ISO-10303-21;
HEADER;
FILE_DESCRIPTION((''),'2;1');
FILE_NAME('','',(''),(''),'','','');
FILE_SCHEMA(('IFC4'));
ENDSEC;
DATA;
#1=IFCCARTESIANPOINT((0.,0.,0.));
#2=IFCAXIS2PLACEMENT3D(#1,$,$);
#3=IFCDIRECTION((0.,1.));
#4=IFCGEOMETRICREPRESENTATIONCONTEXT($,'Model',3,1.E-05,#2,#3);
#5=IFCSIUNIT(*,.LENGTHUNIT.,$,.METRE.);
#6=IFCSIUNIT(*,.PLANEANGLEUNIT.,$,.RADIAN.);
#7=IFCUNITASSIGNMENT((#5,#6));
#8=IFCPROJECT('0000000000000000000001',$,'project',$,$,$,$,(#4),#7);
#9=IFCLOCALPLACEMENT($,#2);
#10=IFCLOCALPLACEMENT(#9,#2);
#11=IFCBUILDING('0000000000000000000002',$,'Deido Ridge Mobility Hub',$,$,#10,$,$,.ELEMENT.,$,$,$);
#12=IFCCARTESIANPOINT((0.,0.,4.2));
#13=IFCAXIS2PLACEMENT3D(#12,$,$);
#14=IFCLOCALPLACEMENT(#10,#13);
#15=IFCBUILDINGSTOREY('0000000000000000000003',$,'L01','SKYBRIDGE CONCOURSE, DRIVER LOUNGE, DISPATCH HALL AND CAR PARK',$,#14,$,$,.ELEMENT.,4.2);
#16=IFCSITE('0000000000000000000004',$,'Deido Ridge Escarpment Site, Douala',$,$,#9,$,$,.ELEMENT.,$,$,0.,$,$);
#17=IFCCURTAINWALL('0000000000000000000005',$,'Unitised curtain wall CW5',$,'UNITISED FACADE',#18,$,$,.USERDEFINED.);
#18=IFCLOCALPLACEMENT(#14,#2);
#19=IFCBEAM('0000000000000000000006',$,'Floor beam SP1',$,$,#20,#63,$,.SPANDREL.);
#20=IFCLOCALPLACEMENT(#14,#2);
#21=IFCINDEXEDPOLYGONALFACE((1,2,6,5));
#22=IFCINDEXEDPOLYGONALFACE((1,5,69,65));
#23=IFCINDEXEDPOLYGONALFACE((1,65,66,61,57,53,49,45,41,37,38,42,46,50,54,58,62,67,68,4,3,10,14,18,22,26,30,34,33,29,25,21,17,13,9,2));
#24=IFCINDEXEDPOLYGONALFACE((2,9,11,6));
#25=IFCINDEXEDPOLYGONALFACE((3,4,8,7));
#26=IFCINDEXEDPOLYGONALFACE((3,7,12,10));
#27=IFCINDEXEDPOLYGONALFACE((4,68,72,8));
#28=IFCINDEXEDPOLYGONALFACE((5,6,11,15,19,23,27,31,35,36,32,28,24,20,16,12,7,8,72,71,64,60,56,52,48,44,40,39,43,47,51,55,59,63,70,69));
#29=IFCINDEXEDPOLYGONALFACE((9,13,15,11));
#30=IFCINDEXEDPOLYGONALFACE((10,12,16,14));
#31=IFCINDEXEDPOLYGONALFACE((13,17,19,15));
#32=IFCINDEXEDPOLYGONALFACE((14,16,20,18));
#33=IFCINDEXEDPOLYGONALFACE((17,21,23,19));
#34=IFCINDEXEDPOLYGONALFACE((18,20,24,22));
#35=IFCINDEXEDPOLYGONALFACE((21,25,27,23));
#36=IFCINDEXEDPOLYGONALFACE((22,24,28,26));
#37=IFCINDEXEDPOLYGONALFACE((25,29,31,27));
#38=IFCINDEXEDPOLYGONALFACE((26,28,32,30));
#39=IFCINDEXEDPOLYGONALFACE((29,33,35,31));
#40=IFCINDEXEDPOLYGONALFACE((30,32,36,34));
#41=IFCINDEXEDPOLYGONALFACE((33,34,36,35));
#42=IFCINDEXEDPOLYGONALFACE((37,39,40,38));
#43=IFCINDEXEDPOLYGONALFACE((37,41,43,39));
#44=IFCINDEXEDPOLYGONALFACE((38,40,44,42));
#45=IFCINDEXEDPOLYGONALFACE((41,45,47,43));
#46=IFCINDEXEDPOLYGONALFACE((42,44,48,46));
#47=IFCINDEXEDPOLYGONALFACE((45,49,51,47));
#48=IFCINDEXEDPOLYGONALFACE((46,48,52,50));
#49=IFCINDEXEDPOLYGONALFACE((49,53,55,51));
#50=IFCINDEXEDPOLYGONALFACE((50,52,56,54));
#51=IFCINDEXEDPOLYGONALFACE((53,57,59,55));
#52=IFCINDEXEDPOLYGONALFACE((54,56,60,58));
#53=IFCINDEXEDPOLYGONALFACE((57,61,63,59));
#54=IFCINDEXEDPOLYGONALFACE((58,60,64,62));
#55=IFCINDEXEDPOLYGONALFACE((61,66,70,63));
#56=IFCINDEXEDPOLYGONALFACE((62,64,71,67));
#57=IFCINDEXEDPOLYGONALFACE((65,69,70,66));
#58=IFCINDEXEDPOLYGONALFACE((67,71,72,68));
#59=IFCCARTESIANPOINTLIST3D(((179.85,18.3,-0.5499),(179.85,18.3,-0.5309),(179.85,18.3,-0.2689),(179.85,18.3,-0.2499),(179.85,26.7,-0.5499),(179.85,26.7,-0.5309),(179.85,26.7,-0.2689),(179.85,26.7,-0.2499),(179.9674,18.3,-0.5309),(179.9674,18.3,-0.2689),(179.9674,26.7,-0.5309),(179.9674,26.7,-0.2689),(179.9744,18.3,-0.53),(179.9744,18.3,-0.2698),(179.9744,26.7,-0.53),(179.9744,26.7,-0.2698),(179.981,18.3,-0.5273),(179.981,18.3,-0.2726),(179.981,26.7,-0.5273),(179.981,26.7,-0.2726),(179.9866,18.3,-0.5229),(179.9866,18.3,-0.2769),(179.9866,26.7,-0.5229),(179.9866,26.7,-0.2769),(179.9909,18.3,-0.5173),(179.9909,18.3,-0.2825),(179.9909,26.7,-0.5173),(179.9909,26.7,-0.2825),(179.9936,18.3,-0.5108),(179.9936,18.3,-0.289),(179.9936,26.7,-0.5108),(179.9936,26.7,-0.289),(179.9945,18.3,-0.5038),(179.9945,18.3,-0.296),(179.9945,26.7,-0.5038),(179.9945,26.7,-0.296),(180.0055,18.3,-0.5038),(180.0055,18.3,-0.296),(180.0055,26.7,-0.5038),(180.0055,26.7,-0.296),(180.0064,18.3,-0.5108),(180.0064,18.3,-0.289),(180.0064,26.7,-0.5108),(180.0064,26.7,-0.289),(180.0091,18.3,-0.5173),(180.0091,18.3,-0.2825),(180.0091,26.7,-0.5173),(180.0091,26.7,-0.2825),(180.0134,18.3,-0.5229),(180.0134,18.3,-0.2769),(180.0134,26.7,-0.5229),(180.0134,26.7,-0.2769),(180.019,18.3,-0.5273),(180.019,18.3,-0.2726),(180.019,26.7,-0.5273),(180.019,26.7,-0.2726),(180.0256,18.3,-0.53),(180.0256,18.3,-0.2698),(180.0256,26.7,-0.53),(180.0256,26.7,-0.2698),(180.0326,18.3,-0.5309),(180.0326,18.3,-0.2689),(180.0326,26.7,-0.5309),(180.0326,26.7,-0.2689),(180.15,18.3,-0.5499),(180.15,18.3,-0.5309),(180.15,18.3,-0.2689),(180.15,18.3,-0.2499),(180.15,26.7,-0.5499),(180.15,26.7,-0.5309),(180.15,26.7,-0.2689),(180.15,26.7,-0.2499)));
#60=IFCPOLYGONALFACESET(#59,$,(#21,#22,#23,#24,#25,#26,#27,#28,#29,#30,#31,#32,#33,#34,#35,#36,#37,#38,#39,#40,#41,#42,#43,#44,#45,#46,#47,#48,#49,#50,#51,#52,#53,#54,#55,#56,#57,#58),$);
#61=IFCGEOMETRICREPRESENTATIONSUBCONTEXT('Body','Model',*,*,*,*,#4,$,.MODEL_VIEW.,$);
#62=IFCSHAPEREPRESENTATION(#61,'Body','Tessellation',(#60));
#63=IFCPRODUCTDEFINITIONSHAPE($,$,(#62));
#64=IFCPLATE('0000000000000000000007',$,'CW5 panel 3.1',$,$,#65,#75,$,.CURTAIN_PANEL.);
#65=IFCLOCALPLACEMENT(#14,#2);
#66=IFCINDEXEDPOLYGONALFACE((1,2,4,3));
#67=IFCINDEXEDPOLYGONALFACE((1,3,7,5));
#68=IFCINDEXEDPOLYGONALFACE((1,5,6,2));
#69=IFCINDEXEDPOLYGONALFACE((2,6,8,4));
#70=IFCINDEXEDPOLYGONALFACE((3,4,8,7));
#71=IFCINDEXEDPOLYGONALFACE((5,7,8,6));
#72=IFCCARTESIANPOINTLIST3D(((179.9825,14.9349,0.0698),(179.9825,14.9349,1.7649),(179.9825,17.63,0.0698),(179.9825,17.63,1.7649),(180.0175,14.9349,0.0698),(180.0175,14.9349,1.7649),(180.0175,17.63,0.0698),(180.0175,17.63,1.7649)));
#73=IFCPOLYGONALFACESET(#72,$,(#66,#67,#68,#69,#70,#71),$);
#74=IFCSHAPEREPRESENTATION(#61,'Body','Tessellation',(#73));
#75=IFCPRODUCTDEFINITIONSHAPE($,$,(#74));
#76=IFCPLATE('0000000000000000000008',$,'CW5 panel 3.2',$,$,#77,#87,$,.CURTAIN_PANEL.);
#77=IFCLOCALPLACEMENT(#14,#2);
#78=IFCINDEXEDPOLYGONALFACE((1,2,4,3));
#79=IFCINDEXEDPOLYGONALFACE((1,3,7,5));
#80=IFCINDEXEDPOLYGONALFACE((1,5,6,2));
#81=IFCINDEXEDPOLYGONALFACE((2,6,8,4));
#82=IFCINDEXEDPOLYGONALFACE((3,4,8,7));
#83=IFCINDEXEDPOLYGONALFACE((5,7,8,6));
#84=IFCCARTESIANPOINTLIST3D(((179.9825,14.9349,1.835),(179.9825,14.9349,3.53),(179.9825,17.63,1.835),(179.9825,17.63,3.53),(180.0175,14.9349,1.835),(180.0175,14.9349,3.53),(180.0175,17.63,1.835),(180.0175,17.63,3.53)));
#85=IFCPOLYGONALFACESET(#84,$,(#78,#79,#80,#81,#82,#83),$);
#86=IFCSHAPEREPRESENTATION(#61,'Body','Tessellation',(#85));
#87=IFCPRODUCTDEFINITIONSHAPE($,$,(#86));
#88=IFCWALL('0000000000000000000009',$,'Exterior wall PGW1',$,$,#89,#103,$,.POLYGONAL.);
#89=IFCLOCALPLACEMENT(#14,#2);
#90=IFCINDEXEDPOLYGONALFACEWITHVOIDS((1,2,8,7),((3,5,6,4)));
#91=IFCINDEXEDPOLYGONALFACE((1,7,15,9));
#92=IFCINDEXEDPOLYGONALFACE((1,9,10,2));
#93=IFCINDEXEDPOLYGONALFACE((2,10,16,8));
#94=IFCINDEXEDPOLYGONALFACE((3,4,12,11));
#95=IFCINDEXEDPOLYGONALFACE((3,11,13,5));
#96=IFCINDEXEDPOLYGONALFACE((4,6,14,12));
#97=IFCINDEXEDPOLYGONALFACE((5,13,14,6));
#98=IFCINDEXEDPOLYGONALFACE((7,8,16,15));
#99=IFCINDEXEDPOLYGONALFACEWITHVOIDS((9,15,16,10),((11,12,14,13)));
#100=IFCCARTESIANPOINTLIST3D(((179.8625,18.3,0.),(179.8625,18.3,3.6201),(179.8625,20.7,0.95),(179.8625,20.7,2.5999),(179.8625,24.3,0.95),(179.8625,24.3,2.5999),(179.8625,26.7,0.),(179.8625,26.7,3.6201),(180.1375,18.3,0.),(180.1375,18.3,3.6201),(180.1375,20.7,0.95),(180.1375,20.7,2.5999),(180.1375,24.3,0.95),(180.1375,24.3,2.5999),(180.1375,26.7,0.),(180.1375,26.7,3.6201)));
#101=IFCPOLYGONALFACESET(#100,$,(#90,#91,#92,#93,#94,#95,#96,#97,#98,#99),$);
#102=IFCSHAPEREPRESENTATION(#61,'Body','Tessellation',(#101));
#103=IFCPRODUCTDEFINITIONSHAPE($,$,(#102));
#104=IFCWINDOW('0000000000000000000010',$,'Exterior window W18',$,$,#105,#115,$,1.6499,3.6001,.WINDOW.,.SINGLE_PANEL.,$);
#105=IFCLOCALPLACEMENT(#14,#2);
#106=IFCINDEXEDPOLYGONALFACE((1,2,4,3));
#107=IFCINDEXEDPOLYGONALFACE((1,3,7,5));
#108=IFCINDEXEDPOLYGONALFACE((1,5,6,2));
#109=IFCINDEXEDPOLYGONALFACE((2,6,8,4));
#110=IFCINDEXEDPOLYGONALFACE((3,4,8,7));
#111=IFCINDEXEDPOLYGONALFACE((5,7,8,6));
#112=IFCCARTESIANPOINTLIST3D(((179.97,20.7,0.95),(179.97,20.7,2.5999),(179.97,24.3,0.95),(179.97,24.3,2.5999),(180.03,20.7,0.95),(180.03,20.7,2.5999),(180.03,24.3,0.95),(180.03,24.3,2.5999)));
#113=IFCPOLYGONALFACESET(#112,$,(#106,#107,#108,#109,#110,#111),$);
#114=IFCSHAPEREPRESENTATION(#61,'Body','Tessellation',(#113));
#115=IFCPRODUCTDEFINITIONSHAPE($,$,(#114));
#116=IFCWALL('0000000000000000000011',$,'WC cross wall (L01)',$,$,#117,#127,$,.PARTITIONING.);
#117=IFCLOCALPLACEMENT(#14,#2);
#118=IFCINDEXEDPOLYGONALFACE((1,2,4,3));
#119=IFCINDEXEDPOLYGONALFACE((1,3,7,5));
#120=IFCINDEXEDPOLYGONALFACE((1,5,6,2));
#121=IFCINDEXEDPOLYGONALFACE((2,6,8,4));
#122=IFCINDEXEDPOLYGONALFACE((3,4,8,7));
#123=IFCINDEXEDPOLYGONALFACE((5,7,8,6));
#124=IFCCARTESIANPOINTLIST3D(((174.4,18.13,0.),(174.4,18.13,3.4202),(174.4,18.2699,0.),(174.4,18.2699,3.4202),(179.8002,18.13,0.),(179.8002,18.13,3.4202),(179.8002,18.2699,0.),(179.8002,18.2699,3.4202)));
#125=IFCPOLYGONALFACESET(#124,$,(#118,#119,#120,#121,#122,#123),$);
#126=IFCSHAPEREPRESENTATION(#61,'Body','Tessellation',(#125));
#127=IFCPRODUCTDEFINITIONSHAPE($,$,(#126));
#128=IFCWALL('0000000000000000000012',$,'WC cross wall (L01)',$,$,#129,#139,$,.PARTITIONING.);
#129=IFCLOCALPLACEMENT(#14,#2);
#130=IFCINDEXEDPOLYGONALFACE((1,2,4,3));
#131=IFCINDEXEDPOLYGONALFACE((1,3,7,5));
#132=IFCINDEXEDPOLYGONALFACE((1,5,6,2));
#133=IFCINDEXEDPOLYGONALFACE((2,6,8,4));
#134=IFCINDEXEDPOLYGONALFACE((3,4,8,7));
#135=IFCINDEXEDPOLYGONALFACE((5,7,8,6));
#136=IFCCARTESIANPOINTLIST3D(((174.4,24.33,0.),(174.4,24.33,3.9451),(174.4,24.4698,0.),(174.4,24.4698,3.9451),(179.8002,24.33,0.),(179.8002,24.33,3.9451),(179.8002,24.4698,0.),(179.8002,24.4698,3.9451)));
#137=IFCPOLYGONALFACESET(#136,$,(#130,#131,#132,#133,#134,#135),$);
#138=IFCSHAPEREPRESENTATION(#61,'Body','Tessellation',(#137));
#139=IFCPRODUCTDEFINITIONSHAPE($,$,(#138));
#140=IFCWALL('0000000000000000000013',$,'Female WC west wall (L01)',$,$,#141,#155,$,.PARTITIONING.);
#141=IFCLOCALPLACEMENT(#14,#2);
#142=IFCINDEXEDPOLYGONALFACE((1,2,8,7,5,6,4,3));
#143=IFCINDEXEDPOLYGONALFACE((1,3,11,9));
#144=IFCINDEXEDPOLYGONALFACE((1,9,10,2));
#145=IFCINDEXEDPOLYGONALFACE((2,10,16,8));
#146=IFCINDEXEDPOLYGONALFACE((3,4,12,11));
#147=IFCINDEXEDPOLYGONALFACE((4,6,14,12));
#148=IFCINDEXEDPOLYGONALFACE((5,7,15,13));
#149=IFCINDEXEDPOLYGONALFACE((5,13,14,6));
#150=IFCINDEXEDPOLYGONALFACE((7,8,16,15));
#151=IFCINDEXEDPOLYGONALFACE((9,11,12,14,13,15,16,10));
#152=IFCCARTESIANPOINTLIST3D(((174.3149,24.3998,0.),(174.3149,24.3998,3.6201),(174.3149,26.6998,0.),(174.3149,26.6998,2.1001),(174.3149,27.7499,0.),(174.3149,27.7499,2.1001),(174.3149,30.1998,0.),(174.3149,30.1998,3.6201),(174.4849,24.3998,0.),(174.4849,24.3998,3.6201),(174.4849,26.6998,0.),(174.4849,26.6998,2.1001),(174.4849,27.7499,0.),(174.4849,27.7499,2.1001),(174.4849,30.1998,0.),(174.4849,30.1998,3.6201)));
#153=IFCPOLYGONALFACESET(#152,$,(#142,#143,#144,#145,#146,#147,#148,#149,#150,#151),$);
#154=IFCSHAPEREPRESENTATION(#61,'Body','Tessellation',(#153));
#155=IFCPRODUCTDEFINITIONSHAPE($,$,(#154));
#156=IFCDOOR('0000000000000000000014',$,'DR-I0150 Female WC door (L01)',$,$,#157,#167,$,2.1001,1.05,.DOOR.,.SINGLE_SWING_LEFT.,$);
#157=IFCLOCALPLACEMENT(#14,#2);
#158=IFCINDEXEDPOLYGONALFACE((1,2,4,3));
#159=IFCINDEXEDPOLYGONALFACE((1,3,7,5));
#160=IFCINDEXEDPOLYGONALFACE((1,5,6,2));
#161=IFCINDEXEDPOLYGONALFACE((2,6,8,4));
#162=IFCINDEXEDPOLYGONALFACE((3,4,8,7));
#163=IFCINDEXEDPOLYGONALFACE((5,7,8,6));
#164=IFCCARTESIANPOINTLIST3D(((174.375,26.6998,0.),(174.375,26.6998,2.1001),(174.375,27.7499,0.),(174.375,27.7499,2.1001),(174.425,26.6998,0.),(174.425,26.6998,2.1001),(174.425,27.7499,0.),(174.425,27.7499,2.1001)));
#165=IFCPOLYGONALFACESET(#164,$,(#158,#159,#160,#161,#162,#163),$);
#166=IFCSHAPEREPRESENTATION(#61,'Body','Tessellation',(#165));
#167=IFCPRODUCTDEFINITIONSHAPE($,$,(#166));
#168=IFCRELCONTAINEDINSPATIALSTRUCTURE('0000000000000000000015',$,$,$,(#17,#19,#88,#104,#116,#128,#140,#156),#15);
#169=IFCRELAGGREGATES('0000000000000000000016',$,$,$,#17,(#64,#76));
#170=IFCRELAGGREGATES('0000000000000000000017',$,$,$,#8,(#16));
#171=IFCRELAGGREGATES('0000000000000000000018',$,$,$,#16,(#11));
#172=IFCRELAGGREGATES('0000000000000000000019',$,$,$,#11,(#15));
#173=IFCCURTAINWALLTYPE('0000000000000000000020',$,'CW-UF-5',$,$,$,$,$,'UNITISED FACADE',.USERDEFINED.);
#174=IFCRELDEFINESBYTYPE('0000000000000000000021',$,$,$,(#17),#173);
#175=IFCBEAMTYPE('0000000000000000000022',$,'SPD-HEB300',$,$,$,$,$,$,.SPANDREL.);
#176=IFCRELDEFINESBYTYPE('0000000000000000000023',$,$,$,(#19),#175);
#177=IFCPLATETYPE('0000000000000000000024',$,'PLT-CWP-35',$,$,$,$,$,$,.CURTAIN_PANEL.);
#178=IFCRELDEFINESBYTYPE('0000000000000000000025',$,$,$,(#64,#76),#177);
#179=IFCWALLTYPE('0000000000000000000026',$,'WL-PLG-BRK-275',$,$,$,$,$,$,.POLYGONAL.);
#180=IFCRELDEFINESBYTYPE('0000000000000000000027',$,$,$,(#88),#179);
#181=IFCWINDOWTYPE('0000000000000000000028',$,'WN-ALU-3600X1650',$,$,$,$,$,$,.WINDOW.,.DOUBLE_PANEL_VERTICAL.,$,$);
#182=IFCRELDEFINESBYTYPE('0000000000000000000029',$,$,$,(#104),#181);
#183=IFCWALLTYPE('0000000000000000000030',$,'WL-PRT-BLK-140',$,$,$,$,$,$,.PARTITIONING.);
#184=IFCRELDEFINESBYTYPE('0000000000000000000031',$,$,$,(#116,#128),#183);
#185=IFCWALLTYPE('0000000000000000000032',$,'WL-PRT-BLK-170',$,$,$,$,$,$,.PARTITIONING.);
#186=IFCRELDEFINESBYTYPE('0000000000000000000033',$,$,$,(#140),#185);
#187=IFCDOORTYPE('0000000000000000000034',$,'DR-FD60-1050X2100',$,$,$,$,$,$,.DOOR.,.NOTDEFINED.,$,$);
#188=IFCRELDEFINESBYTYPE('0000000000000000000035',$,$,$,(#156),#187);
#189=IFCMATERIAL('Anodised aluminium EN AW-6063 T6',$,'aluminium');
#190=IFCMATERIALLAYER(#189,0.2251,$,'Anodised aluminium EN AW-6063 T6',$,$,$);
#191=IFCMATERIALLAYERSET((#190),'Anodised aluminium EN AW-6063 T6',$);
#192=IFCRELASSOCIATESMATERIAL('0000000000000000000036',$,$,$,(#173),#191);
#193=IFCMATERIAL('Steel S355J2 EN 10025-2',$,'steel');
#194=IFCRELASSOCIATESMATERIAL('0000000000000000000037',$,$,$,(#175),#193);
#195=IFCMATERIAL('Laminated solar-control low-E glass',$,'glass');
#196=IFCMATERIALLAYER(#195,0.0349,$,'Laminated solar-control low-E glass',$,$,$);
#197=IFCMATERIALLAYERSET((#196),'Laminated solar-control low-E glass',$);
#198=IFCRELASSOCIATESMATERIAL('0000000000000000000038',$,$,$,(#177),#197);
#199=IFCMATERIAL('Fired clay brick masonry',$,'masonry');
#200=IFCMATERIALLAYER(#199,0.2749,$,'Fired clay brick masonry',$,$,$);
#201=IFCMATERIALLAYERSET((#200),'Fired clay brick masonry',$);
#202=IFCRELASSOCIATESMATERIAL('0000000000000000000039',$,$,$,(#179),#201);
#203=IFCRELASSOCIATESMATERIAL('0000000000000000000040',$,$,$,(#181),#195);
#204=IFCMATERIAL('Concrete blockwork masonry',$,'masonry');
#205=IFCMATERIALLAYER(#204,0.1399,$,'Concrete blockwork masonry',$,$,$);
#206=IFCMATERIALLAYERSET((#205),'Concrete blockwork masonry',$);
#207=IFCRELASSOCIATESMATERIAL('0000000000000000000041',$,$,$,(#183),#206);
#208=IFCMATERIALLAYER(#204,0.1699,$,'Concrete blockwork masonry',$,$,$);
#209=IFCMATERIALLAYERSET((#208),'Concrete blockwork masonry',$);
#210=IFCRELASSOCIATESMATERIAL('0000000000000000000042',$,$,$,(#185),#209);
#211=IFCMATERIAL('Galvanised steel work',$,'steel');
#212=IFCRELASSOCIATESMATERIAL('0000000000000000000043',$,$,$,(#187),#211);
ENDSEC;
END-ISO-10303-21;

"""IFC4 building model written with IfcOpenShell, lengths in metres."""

from ifc_helpers import new_model, si_unit, direction, frame, frame_2d, origin, origin_2d, place, context, subcontext, project, spatial, rectangle, i_section, extrude, material, layer, layer_set, material_profile, profile_set, type_object, element, fill, aggregate, save


model = new_model("IFC4")

# Units and contexts
model_context = context("Model", 3, precision=1e-05, world=origin(), true_north=direction((0.0, 1.0)))
body_context = subcontext(model_context, "Body", "Model", "MODEL_VIEW")
ifc_project = project(units=[si_unit("LENGTHUNIT", "METRE"), si_unit("PLANEANGLEUNIT", "RADIAN")], contexts=[model_context])

# Site, building, storey
site_placement = place(None, origin())
site = spatial("IfcSite", under=ifc_project, at=site_placement, Name="Deido Ridge Escarpment Site, Douala", CompositionType="ELEMENT", RefElevation=0.0)
building_placement = place(site_placement, origin())
building = spatial("IfcBuilding", under=site, at=building_placement, Name="Deido Ridge Mobility Hub", CompositionType="ELEMENT")
storey_placement = place(building_placement, frame((0.0, 0.0, 4.2)))
storey = spatial("IfcBuildingStorey", under=building, at=storey_placement, Name="L01", Description="SKYBRIDGE CONCOURSE, DRIVER LOUNGE, DISPATCH HALL AND CAR PARK", CompositionType="ELEMENT", Elevation=4.2)

# Shared definitions
ifc_material_1 = material(Name="Steel S355J2 EN 10025-2", Category="steel")

# Curtain wall
ifc_material_2 = material(Name="Anodised aluminium EN AW-6063 T6", Category="aluminium")
ifc_layer_1 = layer(ifc_material_2, 0.2251, Name="Anodised aluminium EN AW-6063 T6")
ifc_layer_set_1 = layer_set([ifc_layer_1], Name="Anodised aluminium EN AW-6063 T6")
curtain_wall_type = type_object("IfcCurtainWallType", Name="CW-UF-5", ElementType="UNITISED FACADE", PredefinedType="USERDEFINED", material=ifc_layer_set_1)
curtain_wall_placement = place(storey_placement, origin())
curtain_wall = element("IfcCurtainWall", 1, at=curtain_wall_placement, inside=storey, type_object=curtain_wall_type, Name="Unitised curtain wall CW5", ObjectType="UNITISED FACADE", PredefinedType="USERDEFINED")

# Beam
ifc_material_profile_1 = material_profile(ifc_material_1, i_section(OverallWidth=0.3, OverallDepth=0.3, WebThickness=0.011, FlangeThickness=0.019, FilletRadius=0.0271, at=origin_2d()), Name="HEB 300")
ifc_profile_set_1 = profile_set([ifc_material_profile_1], Name="Steel S355J2 EN 10025-2")
beam_type_1 = type_object("IfcBeamType", Name="SPD-HEB300", PredefinedType="SPANDREL", material=ifc_profile_set_1)
beam_1_placement = place(storey_placement, frame((180.0, 18.3, -0.3999), z_axis=(0.0, 1.0, 0.0), x_axis=(-1.0, 0.0, 0.0)))
element("IfcBeam", 2, at=beam_1_placement, inside=storey, type_object=beam_type_1, Name="Floor beam SP1", PredefinedType="SPANDREL", context=body_context, shape_type="SweptSolid", body=[
    extrude(i_section(OverallWidth=0.3, OverallDepth=0.3, WebThickness=0.011, FlangeThickness=0.019, FilletRadius=0.0271, at=origin_2d()), origin(), (0.0, 0.0, 1.0), 8.3999),
])

# Plates
ifc_material_3 = material(Name="Laminated solar-control low-E glass", Category="glass")
ifc_layer_2 = layer(ifc_material_3, 0.0349, Name="Laminated solar-control low-E glass")
ifc_layer_set_2 = layer_set([ifc_layer_2], Name="Laminated solar-control low-E glass")
plate_type = type_object("IfcPlateType", Name="PLT-CWP-35", PredefinedType="CURTAIN_PANEL", material=ifc_layer_set_2)
plate_1_placement = place(storey_placement, frame((180.0, 16.2825, 0.0698), z_axis=(0.0, 0.0, 1.0), x_axis=(0.0, 1.0, 0.0)))
plate_1 = element("IfcPlate", 3, at=plate_1_placement, type_object=plate_type, Name="CW5 panel 3.1", PredefinedType="CURTAIN_PANEL", context=body_context, shape_type="SweptSolid", body=[
    extrude(rectangle(XDim=2.6951, YDim=0.0349, at=origin_2d()), origin(), (0.0, 0.0, 1.0), 1.6951),
])
plate_2_placement = place(storey_placement, frame((180.0, 16.2825, 1.835), z_axis=(0.0, 0.0, 1.0), x_axis=(0.0, 1.0, 0.0)))
plate_2 = element("IfcPlate", 4, at=plate_2_placement, type_object=plate_type, Name="CW5 panel 3.2", PredefinedType="CURTAIN_PANEL", context=body_context, shape_type="SweptSolid", body=[
    extrude(rectangle(XDim=2.6951, YDim=0.0349, at=origin_2d()), origin(), (0.0, 0.0, 1.0), 1.6951),
])
aggregate(curtain_wall, [plate_1, plate_2])

# Wall, opening, window
ifc_material_4 = material(Name="Fired clay brick masonry", Category="masonry")
ifc_layer_3 = layer(ifc_material_4, 0.2749, Name="Fired clay brick masonry")
ifc_layer_set_3 = layer_set([ifc_layer_3], Name="Fired clay brick masonry")
wall_type_1 = type_object("IfcWallType", Name="WL-PLG-BRK-275", PredefinedType="POLYGONAL", material=ifc_layer_set_3)
wall_1_placement = place(storey_placement, frame((180.0, 18.3, 0.0), z_axis=(0.0, 0.0, 1.0), x_axis=(0.0, 1.0, 0.0)))
wall_1 = element("IfcWall", 5, at=wall_1_placement, inside=storey, type_object=wall_type_1, Name="Exterior wall PGW1", PredefinedType="POLYGONAL", context=body_context, shape_type="SweptSolid", body=[
    extrude(rectangle(XDim=8.3999, YDim=0.2749, at=frame_2d((4.2, 0.0))), origin(), (0.0, 0.0, 1.0), 3.6201),
])
opening_1_placement = place(wall_1_placement, frame((2.3999, 0.0, 0.95)))
opening_1 = element("IfcOpeningElement", 6, at=opening_1_placement, cuts=wall_1, PredefinedType="OPENING", context=body_context, shape_type="SweptSolid", body=[
    extrude(rectangle(XDim=3.6001, YDim=1.6499, at=frame_2d((1.8, 0.825))), frame((0.0, 0.1475, 0.0), z_axis=(0.0, -1.0, 0.0), x_axis=(1.0, 0.0, 0.0)), (0.0, 0.0, 1.0), 0.2949),
])
window_type = type_object("IfcWindowType", Name="WN-ALU-3600X1650", PartitioningType="DOUBLE_PANEL_VERTICAL", PredefinedType="WINDOW", material=ifc_material_3)
window_placement = place(opening_1_placement, origin())
window = element("IfcWindow", 7, at=window_placement, inside=storey, type_object=window_type, Name="Exterior window W18", OverallHeight=1.6499, OverallWidth=3.6001, PartitioningType="SINGLE_PANEL", PredefinedType="WINDOW", context=body_context, shape_type="SweptSolid", body=[
    extrude(rectangle(XDim=3.6001, YDim=1.6499, at=frame_2d((1.8, 0.825))), frame((0.0, 0.03, 0.0), z_axis=(0.0, -1.0, 0.0), x_axis=(1.0, 0.0, 0.0)), (0.0, 0.0, 1.0), 0.0601),
])
fill(opening_1, window)

# Walls
ifc_material_5 = material(Name="Concrete blockwork masonry", Category="masonry")
ifc_layer_4 = layer(ifc_material_5, 0.1399, Name="Concrete blockwork masonry")
ifc_layer_set_4 = layer_set([ifc_layer_4], Name="Concrete blockwork masonry")
wall_type_2 = type_object("IfcWallType", Name="WL-PRT-BLK-140", PredefinedType="PARTITIONING", material=ifc_layer_set_4)
wall_2_placement = place(storey_placement, frame((174.3999, 18.2, 0.0), z_axis=(0.0, 0.0, 1.0), x_axis=(1.0, 0.0, 0.0)))
element("IfcWall", 8, at=wall_2_placement, inside=storey, type_object=wall_type_2, Name="WC cross wall (L01)", PredefinedType="PARTITIONING", context=body_context, shape_type="SweptSolid", body=[
    extrude(rectangle(XDim=5.4001, YDim=0.1399, at=frame_2d((2.7002, 0.0))), origin(), (0.0, 0.0, 1.0), 3.4202),
])
wall_3_placement = place(storey_placement, frame((174.3999, 24.3999, 0.0), z_axis=(0.0, 0.0, 1.0), x_axis=(1.0, 0.0, 0.0)))
element("IfcWall", 9, at=wall_3_placement, inside=storey, type_object=wall_type_2, Name="WC cross wall (L01)", PredefinedType="PARTITIONING", context=body_context, shape_type="SweptSolid", body=[
    extrude(rectangle(XDim=5.4001, YDim=0.1399, at=frame_2d((2.7002, 0.0))), origin(), (0.0, 0.0, 1.0), 3.9451),
])

# Wall, opening, door
ifc_layer_5 = layer(ifc_material_5, 0.1699, Name="Concrete blockwork masonry")
ifc_layer_set_5 = layer_set([ifc_layer_5], Name="Concrete blockwork masonry")
wall_type_3 = type_object("IfcWallType", Name="WL-PRT-BLK-170", PredefinedType="PARTITIONING", material=ifc_layer_set_5)
wall_4_placement = place(storey_placement, frame((174.3999, 24.3999, 0.0), z_axis=(0.0, 0.0, 1.0), x_axis=(0.0, 1.0, 0.0)))
wall_4 = element("IfcWall", 10, at=wall_4_placement, inside=storey, type_object=wall_type_3, Name="Female WC west wall (L01)", PredefinedType="PARTITIONING", context=body_context, shape_type="SweptSolid", body=[
    extrude(rectangle(XDim=5.8, YDim=0.1699, at=frame_2d((2.8999, 0.0))), origin(), (0.0, 0.0, 1.0), 3.6201),
])
opening_2_placement = place(wall_4_placement, frame((2.3, 0.0, 0.0)))
opening_2 = element("IfcOpeningElement", 11, at=opening_2_placement, cuts=wall_4, PredefinedType="OPENING", context=body_context, shape_type="SweptSolid", body=[
    extrude(rectangle(XDim=1.05, YDim=2.1001, at=frame_2d((0.5249, 1.05))), frame((0.0, 0.095, 0.0), z_axis=(0.0, -1.0, 0.0), x_axis=(1.0, 0.0, 0.0)), (0.0, 0.0, 1.0), 0.1899),
])
ifc_material_6 = material(Name="Galvanised steel work", Category="steel")
door_type_1 = type_object("IfcDoorType", Name="DR-FD60-1050X2100", OperationType="NOTDEFINED", PredefinedType="DOOR", material=ifc_material_6)
door_1_placement = place(opening_2_placement, origin())
door_1 = element("IfcDoor", 12, at=door_1_placement, inside=storey, type_object=door_type_1, Name="DR-I0150 Female WC door (L01)", OperationType="SINGLE_SWING_LEFT", OverallHeight=2.1001, OverallWidth=1.05, PredefinedType="DOOR", context=body_context, shape_type="SweptSolid", body=[
    extrude(rectangle(XDim=1.05, YDim=2.1001, at=frame_2d((0.5249, 1.05))), frame((0.0, 0.0249, 0.0), z_axis=(0.0, -1.0, 0.0), x_axis=(1.0, 0.0, 0.0)), (0.0, 0.0, 1.0), 0.05),
])
fill(opening_2, door_1)

save(model, "model.ifc")
